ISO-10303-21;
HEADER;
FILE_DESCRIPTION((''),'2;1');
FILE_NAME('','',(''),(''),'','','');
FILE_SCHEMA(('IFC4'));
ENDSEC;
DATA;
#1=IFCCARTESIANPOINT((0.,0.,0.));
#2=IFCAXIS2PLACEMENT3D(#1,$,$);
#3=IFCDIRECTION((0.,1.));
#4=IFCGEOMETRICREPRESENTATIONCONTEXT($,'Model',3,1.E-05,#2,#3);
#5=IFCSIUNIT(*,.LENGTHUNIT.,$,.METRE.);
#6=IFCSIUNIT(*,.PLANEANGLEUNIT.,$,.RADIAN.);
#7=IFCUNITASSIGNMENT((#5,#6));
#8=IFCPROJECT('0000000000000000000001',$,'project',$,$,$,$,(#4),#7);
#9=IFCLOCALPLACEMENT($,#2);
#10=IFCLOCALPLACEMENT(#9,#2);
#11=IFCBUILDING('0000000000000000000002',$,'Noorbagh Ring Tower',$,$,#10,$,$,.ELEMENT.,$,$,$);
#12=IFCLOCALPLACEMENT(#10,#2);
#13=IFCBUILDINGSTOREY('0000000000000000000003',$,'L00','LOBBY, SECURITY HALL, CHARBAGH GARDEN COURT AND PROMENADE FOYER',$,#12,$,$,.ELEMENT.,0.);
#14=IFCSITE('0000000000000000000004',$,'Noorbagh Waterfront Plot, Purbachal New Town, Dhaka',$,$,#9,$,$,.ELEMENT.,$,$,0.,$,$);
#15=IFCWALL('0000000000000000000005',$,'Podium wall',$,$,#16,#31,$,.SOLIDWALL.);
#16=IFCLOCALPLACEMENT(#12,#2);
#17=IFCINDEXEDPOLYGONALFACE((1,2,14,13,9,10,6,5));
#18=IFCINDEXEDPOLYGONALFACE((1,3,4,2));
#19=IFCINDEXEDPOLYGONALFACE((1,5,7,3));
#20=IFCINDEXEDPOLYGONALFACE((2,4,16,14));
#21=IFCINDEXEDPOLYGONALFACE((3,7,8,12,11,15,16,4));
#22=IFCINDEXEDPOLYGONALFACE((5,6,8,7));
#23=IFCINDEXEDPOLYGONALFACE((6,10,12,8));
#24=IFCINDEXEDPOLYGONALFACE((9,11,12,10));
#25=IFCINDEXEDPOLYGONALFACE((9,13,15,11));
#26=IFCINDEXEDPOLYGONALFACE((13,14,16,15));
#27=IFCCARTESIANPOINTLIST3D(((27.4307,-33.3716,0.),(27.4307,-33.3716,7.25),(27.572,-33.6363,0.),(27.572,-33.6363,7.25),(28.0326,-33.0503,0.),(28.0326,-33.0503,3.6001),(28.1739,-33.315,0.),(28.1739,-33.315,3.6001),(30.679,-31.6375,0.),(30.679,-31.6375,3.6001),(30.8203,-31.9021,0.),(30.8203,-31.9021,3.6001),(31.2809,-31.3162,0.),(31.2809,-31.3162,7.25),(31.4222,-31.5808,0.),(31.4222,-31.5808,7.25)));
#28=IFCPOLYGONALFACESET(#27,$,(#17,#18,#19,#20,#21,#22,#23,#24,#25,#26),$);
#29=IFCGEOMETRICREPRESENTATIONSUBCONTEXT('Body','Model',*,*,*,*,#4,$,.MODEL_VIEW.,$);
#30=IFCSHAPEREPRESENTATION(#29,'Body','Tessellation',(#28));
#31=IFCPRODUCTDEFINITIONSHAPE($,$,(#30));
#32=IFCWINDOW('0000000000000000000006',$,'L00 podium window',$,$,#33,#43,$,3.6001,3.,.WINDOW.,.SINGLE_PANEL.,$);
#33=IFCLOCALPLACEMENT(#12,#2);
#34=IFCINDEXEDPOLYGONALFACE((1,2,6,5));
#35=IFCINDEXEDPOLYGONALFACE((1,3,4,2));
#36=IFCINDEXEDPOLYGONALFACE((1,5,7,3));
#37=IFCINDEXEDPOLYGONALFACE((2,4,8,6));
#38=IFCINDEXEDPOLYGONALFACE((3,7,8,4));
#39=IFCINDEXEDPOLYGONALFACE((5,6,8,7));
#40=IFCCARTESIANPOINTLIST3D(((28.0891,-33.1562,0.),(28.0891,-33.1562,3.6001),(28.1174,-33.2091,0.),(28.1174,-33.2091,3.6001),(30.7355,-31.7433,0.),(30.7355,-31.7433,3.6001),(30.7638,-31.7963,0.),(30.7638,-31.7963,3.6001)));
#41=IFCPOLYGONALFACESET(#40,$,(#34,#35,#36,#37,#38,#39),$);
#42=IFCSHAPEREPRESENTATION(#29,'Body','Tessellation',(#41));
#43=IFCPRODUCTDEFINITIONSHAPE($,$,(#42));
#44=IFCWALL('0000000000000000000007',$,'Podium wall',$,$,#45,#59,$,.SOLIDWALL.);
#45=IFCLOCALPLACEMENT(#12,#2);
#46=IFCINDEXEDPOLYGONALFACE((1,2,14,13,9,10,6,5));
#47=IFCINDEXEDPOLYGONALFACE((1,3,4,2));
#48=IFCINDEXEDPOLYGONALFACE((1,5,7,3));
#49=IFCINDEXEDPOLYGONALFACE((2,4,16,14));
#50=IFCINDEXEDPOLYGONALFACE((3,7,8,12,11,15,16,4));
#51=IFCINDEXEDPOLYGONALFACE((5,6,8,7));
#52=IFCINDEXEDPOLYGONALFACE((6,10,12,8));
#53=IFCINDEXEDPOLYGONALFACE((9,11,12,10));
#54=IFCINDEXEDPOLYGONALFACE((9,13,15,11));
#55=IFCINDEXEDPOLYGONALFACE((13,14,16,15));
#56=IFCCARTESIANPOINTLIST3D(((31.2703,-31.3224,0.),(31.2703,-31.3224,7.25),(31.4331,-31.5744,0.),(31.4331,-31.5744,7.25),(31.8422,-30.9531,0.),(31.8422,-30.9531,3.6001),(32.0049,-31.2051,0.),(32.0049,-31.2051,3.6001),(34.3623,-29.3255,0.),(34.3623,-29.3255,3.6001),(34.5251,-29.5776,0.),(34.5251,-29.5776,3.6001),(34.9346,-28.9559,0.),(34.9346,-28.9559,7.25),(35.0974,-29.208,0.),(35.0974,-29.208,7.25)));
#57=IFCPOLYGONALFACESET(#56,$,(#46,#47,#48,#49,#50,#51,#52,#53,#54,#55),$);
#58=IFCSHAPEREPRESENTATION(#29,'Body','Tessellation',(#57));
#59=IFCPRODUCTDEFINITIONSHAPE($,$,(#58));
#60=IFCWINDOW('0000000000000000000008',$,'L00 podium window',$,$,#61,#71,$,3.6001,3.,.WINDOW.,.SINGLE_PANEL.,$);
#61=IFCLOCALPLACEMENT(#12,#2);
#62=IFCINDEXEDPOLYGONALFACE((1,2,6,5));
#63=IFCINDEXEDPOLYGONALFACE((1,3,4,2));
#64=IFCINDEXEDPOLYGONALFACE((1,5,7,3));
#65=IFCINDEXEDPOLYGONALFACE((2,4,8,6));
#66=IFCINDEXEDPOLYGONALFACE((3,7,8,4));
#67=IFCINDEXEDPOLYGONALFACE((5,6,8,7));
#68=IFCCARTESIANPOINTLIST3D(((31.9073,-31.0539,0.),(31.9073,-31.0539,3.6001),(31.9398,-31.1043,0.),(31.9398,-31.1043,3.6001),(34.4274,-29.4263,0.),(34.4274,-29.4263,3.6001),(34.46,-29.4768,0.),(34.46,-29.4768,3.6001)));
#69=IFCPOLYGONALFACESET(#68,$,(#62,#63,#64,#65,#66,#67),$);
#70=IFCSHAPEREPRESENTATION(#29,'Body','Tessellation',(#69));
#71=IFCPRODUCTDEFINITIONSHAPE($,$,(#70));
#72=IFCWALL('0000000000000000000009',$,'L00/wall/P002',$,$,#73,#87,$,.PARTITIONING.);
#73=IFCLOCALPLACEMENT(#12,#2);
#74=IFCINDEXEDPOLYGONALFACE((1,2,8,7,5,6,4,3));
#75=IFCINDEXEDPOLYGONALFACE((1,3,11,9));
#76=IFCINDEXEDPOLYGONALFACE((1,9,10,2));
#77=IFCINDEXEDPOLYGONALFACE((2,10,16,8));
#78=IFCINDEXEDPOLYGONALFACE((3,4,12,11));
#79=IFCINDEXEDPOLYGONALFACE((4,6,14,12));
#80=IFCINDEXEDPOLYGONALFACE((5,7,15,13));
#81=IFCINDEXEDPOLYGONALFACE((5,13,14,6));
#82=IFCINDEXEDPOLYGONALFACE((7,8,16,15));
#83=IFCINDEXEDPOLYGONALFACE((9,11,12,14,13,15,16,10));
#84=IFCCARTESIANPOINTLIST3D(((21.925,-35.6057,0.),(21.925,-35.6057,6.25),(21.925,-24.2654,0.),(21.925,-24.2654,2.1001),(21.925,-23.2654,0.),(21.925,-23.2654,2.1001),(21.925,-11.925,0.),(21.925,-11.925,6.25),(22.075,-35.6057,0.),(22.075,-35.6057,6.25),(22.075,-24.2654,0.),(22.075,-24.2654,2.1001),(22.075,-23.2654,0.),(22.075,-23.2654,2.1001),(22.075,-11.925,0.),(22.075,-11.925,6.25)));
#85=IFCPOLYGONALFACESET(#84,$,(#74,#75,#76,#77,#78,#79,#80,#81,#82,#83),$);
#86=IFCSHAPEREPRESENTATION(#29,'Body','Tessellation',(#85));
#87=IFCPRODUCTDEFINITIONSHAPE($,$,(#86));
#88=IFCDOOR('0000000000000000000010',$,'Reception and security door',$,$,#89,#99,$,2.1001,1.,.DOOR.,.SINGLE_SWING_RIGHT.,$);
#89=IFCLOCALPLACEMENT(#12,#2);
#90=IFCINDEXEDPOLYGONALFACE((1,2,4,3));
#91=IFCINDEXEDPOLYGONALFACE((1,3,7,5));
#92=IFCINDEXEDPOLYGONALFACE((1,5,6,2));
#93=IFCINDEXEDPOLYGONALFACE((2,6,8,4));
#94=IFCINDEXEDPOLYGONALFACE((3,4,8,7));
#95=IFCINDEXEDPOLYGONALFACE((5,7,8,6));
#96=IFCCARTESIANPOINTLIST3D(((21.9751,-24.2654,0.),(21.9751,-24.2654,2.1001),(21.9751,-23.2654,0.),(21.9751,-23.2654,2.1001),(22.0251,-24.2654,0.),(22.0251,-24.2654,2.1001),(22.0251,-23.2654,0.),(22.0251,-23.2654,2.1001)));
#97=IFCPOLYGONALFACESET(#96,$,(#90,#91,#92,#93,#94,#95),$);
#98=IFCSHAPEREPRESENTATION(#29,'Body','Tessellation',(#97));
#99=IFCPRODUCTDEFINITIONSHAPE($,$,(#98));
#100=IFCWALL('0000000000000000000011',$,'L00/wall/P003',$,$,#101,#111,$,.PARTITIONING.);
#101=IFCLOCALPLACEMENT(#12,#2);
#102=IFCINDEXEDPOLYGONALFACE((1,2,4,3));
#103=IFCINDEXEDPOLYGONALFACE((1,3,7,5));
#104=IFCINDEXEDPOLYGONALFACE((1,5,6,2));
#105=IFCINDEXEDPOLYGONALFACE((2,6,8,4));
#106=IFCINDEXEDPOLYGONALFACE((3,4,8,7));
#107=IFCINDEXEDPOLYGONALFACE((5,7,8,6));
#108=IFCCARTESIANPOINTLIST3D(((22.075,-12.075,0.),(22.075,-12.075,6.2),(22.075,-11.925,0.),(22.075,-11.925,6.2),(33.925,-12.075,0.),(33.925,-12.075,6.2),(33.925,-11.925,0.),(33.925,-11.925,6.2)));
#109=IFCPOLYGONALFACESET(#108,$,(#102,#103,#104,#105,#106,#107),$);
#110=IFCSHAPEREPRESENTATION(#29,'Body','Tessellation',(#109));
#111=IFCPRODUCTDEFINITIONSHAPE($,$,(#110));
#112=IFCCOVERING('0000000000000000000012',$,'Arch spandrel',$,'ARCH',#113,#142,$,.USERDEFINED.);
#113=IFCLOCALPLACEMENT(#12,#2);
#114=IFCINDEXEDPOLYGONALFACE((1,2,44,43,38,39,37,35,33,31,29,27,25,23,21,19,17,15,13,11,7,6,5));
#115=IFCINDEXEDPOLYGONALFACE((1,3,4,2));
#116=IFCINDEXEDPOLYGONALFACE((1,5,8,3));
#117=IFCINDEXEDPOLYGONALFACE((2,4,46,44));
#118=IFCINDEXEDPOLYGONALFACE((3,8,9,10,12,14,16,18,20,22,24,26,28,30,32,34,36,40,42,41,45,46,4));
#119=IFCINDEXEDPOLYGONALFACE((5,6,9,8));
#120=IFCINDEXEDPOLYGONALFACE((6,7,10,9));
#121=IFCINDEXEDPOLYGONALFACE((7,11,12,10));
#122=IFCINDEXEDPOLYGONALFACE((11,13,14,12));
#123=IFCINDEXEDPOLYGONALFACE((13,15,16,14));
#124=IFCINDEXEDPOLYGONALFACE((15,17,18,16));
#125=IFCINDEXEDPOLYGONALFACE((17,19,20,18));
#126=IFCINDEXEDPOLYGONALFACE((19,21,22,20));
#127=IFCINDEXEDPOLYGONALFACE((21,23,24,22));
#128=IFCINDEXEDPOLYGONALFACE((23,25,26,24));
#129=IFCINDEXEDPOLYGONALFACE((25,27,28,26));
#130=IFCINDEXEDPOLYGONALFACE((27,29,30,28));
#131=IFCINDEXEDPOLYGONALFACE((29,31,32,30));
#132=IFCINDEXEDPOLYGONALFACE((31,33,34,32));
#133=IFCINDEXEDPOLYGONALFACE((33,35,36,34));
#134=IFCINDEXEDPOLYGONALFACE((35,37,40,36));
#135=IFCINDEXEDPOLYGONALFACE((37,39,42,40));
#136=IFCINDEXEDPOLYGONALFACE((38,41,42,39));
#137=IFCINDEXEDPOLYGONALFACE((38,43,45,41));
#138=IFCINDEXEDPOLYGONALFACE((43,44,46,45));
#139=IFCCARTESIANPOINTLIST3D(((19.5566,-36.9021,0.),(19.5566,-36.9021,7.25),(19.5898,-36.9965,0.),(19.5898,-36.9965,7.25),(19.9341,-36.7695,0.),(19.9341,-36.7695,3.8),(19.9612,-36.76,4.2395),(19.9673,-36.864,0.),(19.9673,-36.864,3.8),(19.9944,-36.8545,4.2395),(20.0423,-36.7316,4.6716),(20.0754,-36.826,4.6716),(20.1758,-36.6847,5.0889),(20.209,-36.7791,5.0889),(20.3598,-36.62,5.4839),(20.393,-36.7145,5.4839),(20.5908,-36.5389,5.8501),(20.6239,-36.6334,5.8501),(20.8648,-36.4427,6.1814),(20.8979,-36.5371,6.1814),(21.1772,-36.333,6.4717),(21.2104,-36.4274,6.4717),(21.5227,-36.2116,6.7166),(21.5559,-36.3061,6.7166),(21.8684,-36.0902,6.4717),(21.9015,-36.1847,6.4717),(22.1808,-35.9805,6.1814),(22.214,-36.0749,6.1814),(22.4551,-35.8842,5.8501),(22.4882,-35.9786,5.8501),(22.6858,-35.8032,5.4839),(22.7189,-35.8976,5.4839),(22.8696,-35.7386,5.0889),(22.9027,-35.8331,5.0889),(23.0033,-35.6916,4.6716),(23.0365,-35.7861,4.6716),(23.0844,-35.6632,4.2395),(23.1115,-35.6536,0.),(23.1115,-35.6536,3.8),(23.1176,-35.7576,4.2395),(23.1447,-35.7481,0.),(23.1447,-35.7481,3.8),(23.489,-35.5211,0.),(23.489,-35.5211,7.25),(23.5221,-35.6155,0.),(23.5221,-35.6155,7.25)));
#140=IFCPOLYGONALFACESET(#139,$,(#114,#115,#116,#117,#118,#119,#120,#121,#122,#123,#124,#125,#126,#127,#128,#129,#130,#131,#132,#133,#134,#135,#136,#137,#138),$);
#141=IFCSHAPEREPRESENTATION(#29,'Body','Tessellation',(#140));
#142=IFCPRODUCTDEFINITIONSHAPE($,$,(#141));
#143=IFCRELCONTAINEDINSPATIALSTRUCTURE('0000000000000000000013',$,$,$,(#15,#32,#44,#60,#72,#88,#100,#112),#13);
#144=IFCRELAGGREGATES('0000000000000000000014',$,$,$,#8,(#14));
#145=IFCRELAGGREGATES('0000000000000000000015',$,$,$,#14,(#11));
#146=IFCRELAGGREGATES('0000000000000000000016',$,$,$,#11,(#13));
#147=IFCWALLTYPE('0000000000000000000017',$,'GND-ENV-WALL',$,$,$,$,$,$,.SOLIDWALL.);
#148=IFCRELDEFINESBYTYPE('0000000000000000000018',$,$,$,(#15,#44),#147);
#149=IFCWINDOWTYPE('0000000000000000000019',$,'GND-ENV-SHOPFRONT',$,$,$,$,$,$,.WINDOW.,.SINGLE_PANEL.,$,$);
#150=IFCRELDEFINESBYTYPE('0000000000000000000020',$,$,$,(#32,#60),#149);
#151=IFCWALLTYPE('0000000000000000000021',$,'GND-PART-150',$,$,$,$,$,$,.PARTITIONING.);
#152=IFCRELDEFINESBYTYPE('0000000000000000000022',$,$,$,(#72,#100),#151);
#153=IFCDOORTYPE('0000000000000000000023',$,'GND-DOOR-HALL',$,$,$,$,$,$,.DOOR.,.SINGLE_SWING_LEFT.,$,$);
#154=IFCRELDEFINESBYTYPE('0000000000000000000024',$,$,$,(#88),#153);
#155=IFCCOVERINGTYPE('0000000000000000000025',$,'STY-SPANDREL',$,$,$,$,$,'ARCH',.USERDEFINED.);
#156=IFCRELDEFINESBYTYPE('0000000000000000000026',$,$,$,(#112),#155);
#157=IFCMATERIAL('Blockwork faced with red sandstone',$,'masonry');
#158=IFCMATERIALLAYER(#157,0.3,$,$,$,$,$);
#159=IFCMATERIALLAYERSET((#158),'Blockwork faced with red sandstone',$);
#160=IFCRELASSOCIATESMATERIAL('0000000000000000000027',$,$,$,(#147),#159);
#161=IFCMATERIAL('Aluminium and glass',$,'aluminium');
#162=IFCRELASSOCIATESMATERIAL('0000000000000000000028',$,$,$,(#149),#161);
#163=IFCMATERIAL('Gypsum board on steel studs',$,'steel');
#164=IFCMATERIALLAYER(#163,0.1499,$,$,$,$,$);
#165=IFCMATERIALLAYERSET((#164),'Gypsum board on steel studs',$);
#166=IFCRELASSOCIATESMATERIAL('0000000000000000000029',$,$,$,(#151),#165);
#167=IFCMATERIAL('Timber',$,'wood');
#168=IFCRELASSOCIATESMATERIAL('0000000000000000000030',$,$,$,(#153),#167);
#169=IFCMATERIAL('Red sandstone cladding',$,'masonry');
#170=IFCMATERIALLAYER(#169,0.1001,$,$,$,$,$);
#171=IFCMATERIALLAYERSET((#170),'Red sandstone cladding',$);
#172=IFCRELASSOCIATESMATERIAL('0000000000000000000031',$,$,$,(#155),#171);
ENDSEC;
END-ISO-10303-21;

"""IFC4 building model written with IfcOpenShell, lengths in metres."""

from ifc_helpers import new_model, si_unit, direction, frame, frame_2d, origin, place, context, subcontext, project, spatial, polyline, rectangle, outline, extrude, material, layer, layer_set, type_object, element, fill, save


model = new_model("IFC4")

# Units and contexts
model_context = context("Model", 3, precision=1e-05, world=origin(), true_north=direction((0.0, 1.0)))
body_context = subcontext(model_context, "Body", "Model", "MODEL_VIEW")
ifc_project = project(units=[si_unit("LENGTHUNIT", "METRE"), si_unit("PLANEANGLEUNIT", "RADIAN")], contexts=[model_context])

# Site, building, storey
site_placement = place(None, origin())
site = spatial("IfcSite", under=ifc_project, at=site_placement, Name="Noorbagh Waterfront Plot, Purbachal New Town, Dhaka", CompositionType="ELEMENT", RefElevation=0.0)
building_placement = place(site_placement, origin())
building = spatial("IfcBuilding", under=site, at=building_placement, Name="Noorbagh Ring Tower", CompositionType="ELEMENT")
storey_placement = place(building_placement, origin())
storey = spatial("IfcBuildingStorey", under=building, at=storey_placement, Name="L00", Description="LOBBY, SECURITY HALL, CHARBAGH GARDEN COURT AND PROMENADE FOYER", CompositionType="ELEMENT", Elevation=0.0)

# Walls, openings, windows
ifc_material_1 = material(Name="Blockwork faced with red sandstone", Category="masonry")
ifc_layer_1 = layer(ifc_material_1, 0.3)
ifc_layer_set_1 = layer_set([ifc_layer_1], Name="Blockwork faced with red sandstone")
wall_type_1 = type_object("IfcWallType", Name="GND-ENV-WALL", PredefinedType="SOLIDWALL", material=ifc_layer_set_1)
ifc_material_2 = material(Name="Aluminium and glass", Category="aluminium")
window_type = type_object("IfcWindowType", Name="GND-ENV-SHOPFRONT", PartitioningType="SINGLE_PANEL", PredefinedType="WINDOW", material=ifc_material_2)
wall_1_placement = place(storey_placement, frame((27.5015, -33.5039, 0.0), z_axis=(0.0, 0.0, 1.0), x_axis=(0.882159, 0.470951, 0.0)))
wall_1 = element("IfcWall", 1, at=wall_1_placement, inside=storey, type_object=wall_type_1, Name="Podium wall", PredefinedType="SOLIDWALL", context=body_context, shape_type="SweptSolid", body=[
    extrude(rectangle(XDim=4.3645, YDim=0.3, at=frame_2d((2.1821, 0.0))), origin(), (0.0, 0.0, 1.0), 7.25),
])
opening_1_placement = place(wall_1_placement, frame((0.6821, 0.0, 0.0)))
opening_1 = element("IfcOpeningElement", 2, at=opening_1_placement, cuts=wall_1, PredefinedType="OPENING", context=body_context, shape_type="SweptSolid", body=[
    extrude(rectangle(XDim=3.0, YDim=3.6001, at=frame_2d((1.5, 1.8))), frame((0.0, 0.1602, 0.0), z_axis=(0.0, -1.0, 0.0), x_axis=(1.0, 0.0, 0.0)), (0.0, 0.0, 1.0), 0.3201),
])
window_1_placement = place(opening_1_placement, origin())
window_1 = element("IfcWindow", 3, at=window_1_placement, inside=storey, type_object=window_type, Name="L00 podium window", OverallHeight=3.6001, OverallWidth=3.0, PartitioningType="SINGLE_PANEL", PredefinedType="WINDOW", context=body_context, shape_type="SweptSolid", body=[
    extrude(rectangle(XDim=3.0, YDim=3.6001, at=frame_2d((1.5, 1.8))), frame((0.0, 0.03, 0.0), z_axis=(0.0, -1.0, 0.0), x_axis=(1.0, 0.0, 0.0)), (0.0, 0.0, 1.0), 0.0601),
])
fill(opening_1, window_1)
wall_2_placement = place(storey_placement, frame((31.3516, -31.4485, 0.0), z_axis=(0.0, 0.0, 1.0), x_axis=(0.840047, 0.542513, 0.0)))
wall_2 = element("IfcWall", 4, at=wall_2_placement, inside=storey, type_object=wall_type_1, Name="Podium wall", PredefinedType="SOLIDWALL", context=body_context, shape_type="SweptSolid", body=[
    extrude(rectangle(XDim=4.3621, YDim=0.3, at=frame_2d((2.1812, 0.0))), origin(), (0.0, 0.0, 1.0), 7.25),
])
opening_2_placement = place(wall_2_placement, frame((0.6809, 0.0, 0.0)))
opening_2 = element("IfcOpeningElement", 5, at=opening_2_placement, cuts=wall_2, PredefinedType="OPENING", context=body_context, shape_type="SweptSolid", body=[
    extrude(rectangle(XDim=3.0, YDim=3.6001, at=frame_2d((1.5, 1.8))), frame((0.0, 0.1602, 0.0), z_axis=(0.0, -1.0, 0.0), x_axis=(1.0, 0.0, 0.0)), (0.0, 0.0, 1.0), 0.3201),
])
window_2_placement = place(opening_2_placement, origin())
window_2 = element("IfcWindow", 6, at=window_2_placement, inside=storey, type_object=window_type, Name="L00 podium window", OverallHeight=3.6001, OverallWidth=3.0, PartitioningType="SINGLE_PANEL", PredefinedType="WINDOW", context=body_context, shape_type="SweptSolid", body=[
    extrude(rectangle(XDim=3.0, YDim=3.6001, at=frame_2d((1.5, 1.8))), frame((0.0, 0.03, 0.0), z_axis=(0.0, -1.0, 0.0), x_axis=(1.0, 0.0, 0.0)), (0.0, 0.0, 1.0), 0.0601),
])
fill(opening_2, window_2)

# Wall, opening, door
ifc_material_3 = material(Name="Gypsum board on steel studs", Category="steel")
ifc_layer_2 = layer(ifc_material_3, 0.1499)
ifc_layer_set_2 = layer_set([ifc_layer_2], Name="Gypsum board on steel studs")
wall_type_2 = type_object("IfcWallType", Name="GND-PART-150", PredefinedType="PARTITIONING", material=ifc_layer_set_2)
wall_3_placement = place(storey_placement, frame((22.0, -35.6057, 0.0), z_axis=(0.0, 0.0, 1.0), x_axis=(0.0, 1.0, 0.0)))
wall_3 = element("IfcWall", 7, at=wall_3_placement, inside=storey, type_object=wall_type_2, Name="L00/wall/P002", PredefinedType="PARTITIONING", context=body_context, shape_type="SweptSolid", body=[
    extrude(rectangle(XDim=23.6807, YDim=0.1499, at=frame_2d((11.8403, 0.0))), origin(), (0.0, 0.0, 1.0), 6.25),
])
opening_3_placement = place(wall_3_placement, frame((11.3403, 0.0, 0.0)))
opening_3 = element("IfcOpeningElement", 8, at=opening_3_placement, cuts=wall_3, PredefinedType="OPENING", context=body_context, shape_type="SweptSolid", body=[
    extrude(rectangle(XDim=1.0, YDim=2.1001, at=frame_2d((0.5, 1.05))), frame((0.0, 0.085, 0.0), z_axis=(0.0, -1.0, 0.0), x_axis=(1.0, 0.0, 0.0)), (0.0, 0.0, 1.0), 0.1699),
])
ifc_material_4 = material(Name="Timber", Category="wood")
door_type = type_object("IfcDoorType", Name="GND-DOOR-HALL", OperationType="SINGLE_SWING_LEFT", PredefinedType="DOOR", material=ifc_material_4)
door_placement = place(opening_3_placement, origin())
door = element("IfcDoor", 9, at=door_placement, inside=storey, type_object=door_type, Name="Reception and security door", OperationType="SINGLE_SWING_RIGHT", OverallHeight=2.1001, OverallWidth=1.0, PredefinedType="DOOR", context=body_context, shape_type="SweptSolid", body=[
    extrude(rectangle(XDim=1.0, YDim=2.1001, at=frame_2d((0.5, 1.05))), frame((0.0, 0.0249, 0.0), z_axis=(0.0, -1.0, 0.0), x_axis=(1.0, 0.0, 0.0)), (0.0, 0.0, 1.0), 0.05),
])
fill(opening_3, door)

# Wall
wall_4_placement = place(storey_placement, frame((22.075, -12.0, 0.0), z_axis=(0.0, 0.0, 1.0), x_axis=(1.0, 0.0, 0.0)))
element("IfcWall", 10, at=wall_4_placement, inside=storey, type_object=wall_type_2, Name="L00/wall/P003", PredefinedType="PARTITIONING", context=body_context, shape_type="SweptSolid", body=[
    extrude(rectangle(XDim=11.8501, YDim=0.1499, at=frame_2d((5.925, 0.0))), origin(), (0.0, 0.0, 1.0), 6.2),
])

# Covering
ifc_material_5 = material(Name="Red sandstone cladding", Category="masonry")
ifc_layer_3 = layer(ifc_material_5, 0.1001)
ifc_layer_set_3 = layer_set([ifc_layer_3], Name="Red sandstone cladding")
covering_type = type_object("IfcCoveringType", Name="STY-SPANDREL", ElementType="ARCH", PredefinedType="USERDEFINED", material=ifc_layer_set_3)
covering_1_placement = place(storey_placement, frame((19.5566, -36.9021, 0.0), z_axis=(-0.331354, 0.943506, 0.000001), x_axis=(0.943506, 0.331354, 0.0)))
element("IfcCovering", 11, at=covering_1_placement, inside=storey, type_object=covering_type, Name="Arch spandrel", ObjectType="ARCH", PredefinedType="USERDEFINED", context=body_context, shape_type="SweptSolid", body=[
    extrude(outline(polyline([(0.0, 0.0), (0.4, 0.0), (0.4, -3.8), (0.4288, -4.2395), (0.5147, -4.6716), (0.6562, -5.0889), (0.8513, -5.4839), (1.096, -5.8501), (1.3865, -6.1814), (1.7176, -6.4717), (2.0838, -6.7166), (2.4502, -6.4717), (2.7813, -6.1814), (3.072, -5.8501), (3.3165, -5.4839), (3.5113, -5.0889), (3.6531, -4.6716), (3.739, -4.2395), (3.7677, -3.8), (3.7677, 0.0), (4.1678, 0.0), (4.1678, -7.25), (0.0, -7.25), (0.0, 0.0)])), origin(), (0.0, 0.0, -1.0), 0.1001),
])

save(model, "model.ifc")
